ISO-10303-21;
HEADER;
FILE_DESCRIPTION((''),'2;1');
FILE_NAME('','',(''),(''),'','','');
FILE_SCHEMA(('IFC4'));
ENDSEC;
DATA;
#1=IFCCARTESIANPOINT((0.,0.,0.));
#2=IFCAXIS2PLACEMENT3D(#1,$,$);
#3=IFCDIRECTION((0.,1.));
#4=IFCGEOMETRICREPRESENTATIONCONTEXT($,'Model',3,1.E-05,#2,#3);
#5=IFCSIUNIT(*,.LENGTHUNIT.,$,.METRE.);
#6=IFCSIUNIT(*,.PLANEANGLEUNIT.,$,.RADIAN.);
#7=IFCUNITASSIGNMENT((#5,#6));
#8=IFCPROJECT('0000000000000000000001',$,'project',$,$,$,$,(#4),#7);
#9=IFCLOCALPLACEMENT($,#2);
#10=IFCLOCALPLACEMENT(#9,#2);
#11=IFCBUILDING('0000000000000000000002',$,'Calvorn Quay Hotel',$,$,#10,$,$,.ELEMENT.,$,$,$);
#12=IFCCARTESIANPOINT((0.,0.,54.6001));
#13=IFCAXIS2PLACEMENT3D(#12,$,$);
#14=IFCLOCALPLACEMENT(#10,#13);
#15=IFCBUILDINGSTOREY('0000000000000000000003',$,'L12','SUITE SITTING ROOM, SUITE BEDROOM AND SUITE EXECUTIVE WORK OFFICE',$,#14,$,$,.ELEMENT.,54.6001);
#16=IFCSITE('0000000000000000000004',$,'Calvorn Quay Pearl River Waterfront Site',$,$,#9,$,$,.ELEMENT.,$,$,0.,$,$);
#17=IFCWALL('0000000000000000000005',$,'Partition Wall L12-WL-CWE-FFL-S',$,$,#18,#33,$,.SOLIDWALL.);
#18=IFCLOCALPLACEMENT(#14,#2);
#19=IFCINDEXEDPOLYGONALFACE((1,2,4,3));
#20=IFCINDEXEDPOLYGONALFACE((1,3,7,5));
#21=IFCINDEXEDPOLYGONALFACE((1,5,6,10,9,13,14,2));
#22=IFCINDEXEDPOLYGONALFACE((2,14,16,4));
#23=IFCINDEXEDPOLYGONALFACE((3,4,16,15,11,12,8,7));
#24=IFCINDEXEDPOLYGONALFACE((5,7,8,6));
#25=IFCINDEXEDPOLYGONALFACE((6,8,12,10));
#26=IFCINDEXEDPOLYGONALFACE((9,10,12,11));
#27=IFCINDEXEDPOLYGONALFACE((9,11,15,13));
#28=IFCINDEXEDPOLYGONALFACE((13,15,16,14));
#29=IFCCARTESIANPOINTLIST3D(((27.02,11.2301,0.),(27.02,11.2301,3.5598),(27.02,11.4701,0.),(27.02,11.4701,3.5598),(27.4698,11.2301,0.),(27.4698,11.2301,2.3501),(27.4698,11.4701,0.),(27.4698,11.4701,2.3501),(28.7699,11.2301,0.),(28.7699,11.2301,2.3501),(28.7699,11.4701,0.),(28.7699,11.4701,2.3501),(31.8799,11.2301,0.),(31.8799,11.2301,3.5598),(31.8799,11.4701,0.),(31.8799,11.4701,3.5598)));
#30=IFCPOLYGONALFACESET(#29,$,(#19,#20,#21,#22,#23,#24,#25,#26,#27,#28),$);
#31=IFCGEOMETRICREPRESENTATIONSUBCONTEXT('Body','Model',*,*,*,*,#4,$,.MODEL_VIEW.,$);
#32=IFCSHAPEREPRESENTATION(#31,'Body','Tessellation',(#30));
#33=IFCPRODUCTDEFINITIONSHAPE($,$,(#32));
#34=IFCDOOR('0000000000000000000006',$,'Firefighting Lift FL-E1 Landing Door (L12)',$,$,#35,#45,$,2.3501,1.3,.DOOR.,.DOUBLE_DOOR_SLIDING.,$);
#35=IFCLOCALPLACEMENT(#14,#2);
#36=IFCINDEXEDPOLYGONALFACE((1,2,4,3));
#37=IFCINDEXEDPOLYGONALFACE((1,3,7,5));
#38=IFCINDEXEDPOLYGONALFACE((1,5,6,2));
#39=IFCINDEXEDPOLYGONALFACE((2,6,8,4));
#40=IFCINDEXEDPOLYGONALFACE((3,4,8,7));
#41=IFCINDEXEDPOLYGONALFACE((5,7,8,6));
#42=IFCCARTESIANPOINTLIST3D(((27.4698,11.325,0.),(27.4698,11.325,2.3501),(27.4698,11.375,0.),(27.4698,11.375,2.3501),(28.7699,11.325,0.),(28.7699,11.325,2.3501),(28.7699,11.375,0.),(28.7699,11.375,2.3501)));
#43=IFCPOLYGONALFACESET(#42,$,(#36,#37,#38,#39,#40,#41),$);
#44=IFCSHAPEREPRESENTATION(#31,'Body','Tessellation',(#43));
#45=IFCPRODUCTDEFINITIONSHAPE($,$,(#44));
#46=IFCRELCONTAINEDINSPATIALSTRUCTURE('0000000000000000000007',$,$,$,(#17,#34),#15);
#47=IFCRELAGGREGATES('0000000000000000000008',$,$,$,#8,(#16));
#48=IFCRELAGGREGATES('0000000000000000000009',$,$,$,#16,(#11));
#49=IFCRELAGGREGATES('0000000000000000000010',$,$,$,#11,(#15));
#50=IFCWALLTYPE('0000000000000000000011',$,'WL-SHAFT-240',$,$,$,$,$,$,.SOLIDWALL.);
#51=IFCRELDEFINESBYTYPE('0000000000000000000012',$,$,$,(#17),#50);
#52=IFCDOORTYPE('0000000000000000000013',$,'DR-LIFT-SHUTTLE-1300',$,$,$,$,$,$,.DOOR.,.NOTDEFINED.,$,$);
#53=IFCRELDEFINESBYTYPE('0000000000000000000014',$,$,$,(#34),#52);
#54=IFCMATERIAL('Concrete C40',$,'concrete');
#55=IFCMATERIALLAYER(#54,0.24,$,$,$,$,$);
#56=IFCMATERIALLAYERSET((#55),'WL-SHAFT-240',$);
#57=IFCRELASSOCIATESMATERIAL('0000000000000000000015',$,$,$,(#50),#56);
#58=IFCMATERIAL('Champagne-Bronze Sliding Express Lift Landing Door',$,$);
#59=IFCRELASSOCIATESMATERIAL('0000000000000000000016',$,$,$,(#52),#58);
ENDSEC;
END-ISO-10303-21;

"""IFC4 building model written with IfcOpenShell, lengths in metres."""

from ifc_helpers import new_model, si_unit, direction, frame, frame_2d, origin, place, context, subcontext, project, spatial, rectangle, extrude, material, layer, layer_set, type_object, element, fill, save


model = new_model("IFC4")

# Units and contexts
model_context = context("Model", 3, precision=1e-05, world=origin(), true_north=direction((0.0, 1.0)))
body_context = subcontext(model_context, "Body", "Model", "MODEL_VIEW")
ifc_project = project(units=[si_unit("LENGTHUNIT", "METRE"), si_unit("PLANEANGLEUNIT", "RADIAN")], contexts=[model_context])

# Site, building, storey
site_placement = place(None, origin())
site = spatial("IfcSite", under=ifc_project, at=site_placement, Name="Calvorn Quay Pearl River Waterfront Site", CompositionType="ELEMENT", RefElevation=0.0)
building_placement = place(site_placement, origin())
building = spatial("IfcBuilding", under=site, at=building_placement, Name="Calvorn Quay Hotel", CompositionType="ELEMENT")
storey_placement = place(building_placement, frame((0.0, 0.0, 54.6001)))
storey = spatial("IfcBuildingStorey", under=building, at=storey_placement, Name="L12", Description="SUITE SITTING ROOM, SUITE BEDROOM AND SUITE EXECUTIVE WORK OFFICE", CompositionType="ELEMENT", Elevation=54.6001)

# Shared definitions
ifc_material_1 = material(Name="Concrete C40", Category="concrete")
ifc_layer_1 = layer(ifc_material_1, 0.24)
ifc_layer_set_1 = layer_set([ifc_layer_1], Name="WL-SHAFT-240")
wall_type_1 = type_object("IfcWallType", Name="WL-SHAFT-240", PredefinedType="SOLIDWALL", material=ifc_layer_set_1)

# Wall, opening, door
wall_1_placement = place(storey_placement, frame((27.02, 11.3501, 0.0), z_axis=(0.0, 0.0, 1.0), x_axis=(1.0, 0.0, 0.0)))
wall_1 = element("IfcWall", 1, at=wall_1_placement, inside=storey, type_object=wall_type_1, Name="Partition Wall L12-WL-CWE-FFL-S", PredefinedType="SOLIDWALL", context=body_context, shape_type="SweptSolid", body=[
    extrude(rectangle(XDim=4.8599, YDim=0.24, at=frame_2d((2.4299, 0.0))), origin(), (0.0, 0.0, 1.0), 3.5598),
])
opening_1_placement = place(wall_1_placement, frame((0.45, 0.0, 0.0)))
opening_1 = element("IfcOpeningElement", 2, at=opening_1_placement, cuts=wall_1, PredefinedType="OPENING", context=body_context, shape_type="SweptSolid", body=[
    extrude(rectangle(XDim=1.3, YDim=2.3501, at=frame_2d((0.6499, 1.175))), frame((0.0, 0.1299, 0.0), z_axis=(0.0, -1.0, 0.0), x_axis=(1.0, 0.0, 0.0)), (0.0, 0.0, 1.0), 0.26),
])
ifc_material_2 = material(Name="Champagne-Bronze Sliding Express Lift Landing Door")
door_type_1 = type_object("IfcDoorType", Name="DR-LIFT-SHUTTLE-1300", OperationType="NOTDEFINED", PredefinedType="DOOR", material=ifc_material_2)
door_1_placement = place(opening_1_placement, origin())
door_1 = element("IfcDoor", 3, at=door_1_placement, inside=storey, type_object=door_type_1, Name="Firefighting Lift FL-E1 Landing Door (L12)", OperationType="DOUBLE_DOOR_SLIDING", OverallHeight=2.3501, OverallWidth=1.3, PredefinedType="DOOR", context=body_context, shape_type="SweptSolid", body=[
    extrude(rectangle(XDim=1.3, YDim=2.3501, at=frame_2d((0.6499, 1.175))), frame((0.0, 0.0249, 0.0), z_axis=(0.0, -1.0, 0.0), x_axis=(1.0, 0.0, 0.0)), (0.0, 0.0, 1.0), 0.05),
])
fill(opening_1, door_1)

save(model, "model.ifc")
